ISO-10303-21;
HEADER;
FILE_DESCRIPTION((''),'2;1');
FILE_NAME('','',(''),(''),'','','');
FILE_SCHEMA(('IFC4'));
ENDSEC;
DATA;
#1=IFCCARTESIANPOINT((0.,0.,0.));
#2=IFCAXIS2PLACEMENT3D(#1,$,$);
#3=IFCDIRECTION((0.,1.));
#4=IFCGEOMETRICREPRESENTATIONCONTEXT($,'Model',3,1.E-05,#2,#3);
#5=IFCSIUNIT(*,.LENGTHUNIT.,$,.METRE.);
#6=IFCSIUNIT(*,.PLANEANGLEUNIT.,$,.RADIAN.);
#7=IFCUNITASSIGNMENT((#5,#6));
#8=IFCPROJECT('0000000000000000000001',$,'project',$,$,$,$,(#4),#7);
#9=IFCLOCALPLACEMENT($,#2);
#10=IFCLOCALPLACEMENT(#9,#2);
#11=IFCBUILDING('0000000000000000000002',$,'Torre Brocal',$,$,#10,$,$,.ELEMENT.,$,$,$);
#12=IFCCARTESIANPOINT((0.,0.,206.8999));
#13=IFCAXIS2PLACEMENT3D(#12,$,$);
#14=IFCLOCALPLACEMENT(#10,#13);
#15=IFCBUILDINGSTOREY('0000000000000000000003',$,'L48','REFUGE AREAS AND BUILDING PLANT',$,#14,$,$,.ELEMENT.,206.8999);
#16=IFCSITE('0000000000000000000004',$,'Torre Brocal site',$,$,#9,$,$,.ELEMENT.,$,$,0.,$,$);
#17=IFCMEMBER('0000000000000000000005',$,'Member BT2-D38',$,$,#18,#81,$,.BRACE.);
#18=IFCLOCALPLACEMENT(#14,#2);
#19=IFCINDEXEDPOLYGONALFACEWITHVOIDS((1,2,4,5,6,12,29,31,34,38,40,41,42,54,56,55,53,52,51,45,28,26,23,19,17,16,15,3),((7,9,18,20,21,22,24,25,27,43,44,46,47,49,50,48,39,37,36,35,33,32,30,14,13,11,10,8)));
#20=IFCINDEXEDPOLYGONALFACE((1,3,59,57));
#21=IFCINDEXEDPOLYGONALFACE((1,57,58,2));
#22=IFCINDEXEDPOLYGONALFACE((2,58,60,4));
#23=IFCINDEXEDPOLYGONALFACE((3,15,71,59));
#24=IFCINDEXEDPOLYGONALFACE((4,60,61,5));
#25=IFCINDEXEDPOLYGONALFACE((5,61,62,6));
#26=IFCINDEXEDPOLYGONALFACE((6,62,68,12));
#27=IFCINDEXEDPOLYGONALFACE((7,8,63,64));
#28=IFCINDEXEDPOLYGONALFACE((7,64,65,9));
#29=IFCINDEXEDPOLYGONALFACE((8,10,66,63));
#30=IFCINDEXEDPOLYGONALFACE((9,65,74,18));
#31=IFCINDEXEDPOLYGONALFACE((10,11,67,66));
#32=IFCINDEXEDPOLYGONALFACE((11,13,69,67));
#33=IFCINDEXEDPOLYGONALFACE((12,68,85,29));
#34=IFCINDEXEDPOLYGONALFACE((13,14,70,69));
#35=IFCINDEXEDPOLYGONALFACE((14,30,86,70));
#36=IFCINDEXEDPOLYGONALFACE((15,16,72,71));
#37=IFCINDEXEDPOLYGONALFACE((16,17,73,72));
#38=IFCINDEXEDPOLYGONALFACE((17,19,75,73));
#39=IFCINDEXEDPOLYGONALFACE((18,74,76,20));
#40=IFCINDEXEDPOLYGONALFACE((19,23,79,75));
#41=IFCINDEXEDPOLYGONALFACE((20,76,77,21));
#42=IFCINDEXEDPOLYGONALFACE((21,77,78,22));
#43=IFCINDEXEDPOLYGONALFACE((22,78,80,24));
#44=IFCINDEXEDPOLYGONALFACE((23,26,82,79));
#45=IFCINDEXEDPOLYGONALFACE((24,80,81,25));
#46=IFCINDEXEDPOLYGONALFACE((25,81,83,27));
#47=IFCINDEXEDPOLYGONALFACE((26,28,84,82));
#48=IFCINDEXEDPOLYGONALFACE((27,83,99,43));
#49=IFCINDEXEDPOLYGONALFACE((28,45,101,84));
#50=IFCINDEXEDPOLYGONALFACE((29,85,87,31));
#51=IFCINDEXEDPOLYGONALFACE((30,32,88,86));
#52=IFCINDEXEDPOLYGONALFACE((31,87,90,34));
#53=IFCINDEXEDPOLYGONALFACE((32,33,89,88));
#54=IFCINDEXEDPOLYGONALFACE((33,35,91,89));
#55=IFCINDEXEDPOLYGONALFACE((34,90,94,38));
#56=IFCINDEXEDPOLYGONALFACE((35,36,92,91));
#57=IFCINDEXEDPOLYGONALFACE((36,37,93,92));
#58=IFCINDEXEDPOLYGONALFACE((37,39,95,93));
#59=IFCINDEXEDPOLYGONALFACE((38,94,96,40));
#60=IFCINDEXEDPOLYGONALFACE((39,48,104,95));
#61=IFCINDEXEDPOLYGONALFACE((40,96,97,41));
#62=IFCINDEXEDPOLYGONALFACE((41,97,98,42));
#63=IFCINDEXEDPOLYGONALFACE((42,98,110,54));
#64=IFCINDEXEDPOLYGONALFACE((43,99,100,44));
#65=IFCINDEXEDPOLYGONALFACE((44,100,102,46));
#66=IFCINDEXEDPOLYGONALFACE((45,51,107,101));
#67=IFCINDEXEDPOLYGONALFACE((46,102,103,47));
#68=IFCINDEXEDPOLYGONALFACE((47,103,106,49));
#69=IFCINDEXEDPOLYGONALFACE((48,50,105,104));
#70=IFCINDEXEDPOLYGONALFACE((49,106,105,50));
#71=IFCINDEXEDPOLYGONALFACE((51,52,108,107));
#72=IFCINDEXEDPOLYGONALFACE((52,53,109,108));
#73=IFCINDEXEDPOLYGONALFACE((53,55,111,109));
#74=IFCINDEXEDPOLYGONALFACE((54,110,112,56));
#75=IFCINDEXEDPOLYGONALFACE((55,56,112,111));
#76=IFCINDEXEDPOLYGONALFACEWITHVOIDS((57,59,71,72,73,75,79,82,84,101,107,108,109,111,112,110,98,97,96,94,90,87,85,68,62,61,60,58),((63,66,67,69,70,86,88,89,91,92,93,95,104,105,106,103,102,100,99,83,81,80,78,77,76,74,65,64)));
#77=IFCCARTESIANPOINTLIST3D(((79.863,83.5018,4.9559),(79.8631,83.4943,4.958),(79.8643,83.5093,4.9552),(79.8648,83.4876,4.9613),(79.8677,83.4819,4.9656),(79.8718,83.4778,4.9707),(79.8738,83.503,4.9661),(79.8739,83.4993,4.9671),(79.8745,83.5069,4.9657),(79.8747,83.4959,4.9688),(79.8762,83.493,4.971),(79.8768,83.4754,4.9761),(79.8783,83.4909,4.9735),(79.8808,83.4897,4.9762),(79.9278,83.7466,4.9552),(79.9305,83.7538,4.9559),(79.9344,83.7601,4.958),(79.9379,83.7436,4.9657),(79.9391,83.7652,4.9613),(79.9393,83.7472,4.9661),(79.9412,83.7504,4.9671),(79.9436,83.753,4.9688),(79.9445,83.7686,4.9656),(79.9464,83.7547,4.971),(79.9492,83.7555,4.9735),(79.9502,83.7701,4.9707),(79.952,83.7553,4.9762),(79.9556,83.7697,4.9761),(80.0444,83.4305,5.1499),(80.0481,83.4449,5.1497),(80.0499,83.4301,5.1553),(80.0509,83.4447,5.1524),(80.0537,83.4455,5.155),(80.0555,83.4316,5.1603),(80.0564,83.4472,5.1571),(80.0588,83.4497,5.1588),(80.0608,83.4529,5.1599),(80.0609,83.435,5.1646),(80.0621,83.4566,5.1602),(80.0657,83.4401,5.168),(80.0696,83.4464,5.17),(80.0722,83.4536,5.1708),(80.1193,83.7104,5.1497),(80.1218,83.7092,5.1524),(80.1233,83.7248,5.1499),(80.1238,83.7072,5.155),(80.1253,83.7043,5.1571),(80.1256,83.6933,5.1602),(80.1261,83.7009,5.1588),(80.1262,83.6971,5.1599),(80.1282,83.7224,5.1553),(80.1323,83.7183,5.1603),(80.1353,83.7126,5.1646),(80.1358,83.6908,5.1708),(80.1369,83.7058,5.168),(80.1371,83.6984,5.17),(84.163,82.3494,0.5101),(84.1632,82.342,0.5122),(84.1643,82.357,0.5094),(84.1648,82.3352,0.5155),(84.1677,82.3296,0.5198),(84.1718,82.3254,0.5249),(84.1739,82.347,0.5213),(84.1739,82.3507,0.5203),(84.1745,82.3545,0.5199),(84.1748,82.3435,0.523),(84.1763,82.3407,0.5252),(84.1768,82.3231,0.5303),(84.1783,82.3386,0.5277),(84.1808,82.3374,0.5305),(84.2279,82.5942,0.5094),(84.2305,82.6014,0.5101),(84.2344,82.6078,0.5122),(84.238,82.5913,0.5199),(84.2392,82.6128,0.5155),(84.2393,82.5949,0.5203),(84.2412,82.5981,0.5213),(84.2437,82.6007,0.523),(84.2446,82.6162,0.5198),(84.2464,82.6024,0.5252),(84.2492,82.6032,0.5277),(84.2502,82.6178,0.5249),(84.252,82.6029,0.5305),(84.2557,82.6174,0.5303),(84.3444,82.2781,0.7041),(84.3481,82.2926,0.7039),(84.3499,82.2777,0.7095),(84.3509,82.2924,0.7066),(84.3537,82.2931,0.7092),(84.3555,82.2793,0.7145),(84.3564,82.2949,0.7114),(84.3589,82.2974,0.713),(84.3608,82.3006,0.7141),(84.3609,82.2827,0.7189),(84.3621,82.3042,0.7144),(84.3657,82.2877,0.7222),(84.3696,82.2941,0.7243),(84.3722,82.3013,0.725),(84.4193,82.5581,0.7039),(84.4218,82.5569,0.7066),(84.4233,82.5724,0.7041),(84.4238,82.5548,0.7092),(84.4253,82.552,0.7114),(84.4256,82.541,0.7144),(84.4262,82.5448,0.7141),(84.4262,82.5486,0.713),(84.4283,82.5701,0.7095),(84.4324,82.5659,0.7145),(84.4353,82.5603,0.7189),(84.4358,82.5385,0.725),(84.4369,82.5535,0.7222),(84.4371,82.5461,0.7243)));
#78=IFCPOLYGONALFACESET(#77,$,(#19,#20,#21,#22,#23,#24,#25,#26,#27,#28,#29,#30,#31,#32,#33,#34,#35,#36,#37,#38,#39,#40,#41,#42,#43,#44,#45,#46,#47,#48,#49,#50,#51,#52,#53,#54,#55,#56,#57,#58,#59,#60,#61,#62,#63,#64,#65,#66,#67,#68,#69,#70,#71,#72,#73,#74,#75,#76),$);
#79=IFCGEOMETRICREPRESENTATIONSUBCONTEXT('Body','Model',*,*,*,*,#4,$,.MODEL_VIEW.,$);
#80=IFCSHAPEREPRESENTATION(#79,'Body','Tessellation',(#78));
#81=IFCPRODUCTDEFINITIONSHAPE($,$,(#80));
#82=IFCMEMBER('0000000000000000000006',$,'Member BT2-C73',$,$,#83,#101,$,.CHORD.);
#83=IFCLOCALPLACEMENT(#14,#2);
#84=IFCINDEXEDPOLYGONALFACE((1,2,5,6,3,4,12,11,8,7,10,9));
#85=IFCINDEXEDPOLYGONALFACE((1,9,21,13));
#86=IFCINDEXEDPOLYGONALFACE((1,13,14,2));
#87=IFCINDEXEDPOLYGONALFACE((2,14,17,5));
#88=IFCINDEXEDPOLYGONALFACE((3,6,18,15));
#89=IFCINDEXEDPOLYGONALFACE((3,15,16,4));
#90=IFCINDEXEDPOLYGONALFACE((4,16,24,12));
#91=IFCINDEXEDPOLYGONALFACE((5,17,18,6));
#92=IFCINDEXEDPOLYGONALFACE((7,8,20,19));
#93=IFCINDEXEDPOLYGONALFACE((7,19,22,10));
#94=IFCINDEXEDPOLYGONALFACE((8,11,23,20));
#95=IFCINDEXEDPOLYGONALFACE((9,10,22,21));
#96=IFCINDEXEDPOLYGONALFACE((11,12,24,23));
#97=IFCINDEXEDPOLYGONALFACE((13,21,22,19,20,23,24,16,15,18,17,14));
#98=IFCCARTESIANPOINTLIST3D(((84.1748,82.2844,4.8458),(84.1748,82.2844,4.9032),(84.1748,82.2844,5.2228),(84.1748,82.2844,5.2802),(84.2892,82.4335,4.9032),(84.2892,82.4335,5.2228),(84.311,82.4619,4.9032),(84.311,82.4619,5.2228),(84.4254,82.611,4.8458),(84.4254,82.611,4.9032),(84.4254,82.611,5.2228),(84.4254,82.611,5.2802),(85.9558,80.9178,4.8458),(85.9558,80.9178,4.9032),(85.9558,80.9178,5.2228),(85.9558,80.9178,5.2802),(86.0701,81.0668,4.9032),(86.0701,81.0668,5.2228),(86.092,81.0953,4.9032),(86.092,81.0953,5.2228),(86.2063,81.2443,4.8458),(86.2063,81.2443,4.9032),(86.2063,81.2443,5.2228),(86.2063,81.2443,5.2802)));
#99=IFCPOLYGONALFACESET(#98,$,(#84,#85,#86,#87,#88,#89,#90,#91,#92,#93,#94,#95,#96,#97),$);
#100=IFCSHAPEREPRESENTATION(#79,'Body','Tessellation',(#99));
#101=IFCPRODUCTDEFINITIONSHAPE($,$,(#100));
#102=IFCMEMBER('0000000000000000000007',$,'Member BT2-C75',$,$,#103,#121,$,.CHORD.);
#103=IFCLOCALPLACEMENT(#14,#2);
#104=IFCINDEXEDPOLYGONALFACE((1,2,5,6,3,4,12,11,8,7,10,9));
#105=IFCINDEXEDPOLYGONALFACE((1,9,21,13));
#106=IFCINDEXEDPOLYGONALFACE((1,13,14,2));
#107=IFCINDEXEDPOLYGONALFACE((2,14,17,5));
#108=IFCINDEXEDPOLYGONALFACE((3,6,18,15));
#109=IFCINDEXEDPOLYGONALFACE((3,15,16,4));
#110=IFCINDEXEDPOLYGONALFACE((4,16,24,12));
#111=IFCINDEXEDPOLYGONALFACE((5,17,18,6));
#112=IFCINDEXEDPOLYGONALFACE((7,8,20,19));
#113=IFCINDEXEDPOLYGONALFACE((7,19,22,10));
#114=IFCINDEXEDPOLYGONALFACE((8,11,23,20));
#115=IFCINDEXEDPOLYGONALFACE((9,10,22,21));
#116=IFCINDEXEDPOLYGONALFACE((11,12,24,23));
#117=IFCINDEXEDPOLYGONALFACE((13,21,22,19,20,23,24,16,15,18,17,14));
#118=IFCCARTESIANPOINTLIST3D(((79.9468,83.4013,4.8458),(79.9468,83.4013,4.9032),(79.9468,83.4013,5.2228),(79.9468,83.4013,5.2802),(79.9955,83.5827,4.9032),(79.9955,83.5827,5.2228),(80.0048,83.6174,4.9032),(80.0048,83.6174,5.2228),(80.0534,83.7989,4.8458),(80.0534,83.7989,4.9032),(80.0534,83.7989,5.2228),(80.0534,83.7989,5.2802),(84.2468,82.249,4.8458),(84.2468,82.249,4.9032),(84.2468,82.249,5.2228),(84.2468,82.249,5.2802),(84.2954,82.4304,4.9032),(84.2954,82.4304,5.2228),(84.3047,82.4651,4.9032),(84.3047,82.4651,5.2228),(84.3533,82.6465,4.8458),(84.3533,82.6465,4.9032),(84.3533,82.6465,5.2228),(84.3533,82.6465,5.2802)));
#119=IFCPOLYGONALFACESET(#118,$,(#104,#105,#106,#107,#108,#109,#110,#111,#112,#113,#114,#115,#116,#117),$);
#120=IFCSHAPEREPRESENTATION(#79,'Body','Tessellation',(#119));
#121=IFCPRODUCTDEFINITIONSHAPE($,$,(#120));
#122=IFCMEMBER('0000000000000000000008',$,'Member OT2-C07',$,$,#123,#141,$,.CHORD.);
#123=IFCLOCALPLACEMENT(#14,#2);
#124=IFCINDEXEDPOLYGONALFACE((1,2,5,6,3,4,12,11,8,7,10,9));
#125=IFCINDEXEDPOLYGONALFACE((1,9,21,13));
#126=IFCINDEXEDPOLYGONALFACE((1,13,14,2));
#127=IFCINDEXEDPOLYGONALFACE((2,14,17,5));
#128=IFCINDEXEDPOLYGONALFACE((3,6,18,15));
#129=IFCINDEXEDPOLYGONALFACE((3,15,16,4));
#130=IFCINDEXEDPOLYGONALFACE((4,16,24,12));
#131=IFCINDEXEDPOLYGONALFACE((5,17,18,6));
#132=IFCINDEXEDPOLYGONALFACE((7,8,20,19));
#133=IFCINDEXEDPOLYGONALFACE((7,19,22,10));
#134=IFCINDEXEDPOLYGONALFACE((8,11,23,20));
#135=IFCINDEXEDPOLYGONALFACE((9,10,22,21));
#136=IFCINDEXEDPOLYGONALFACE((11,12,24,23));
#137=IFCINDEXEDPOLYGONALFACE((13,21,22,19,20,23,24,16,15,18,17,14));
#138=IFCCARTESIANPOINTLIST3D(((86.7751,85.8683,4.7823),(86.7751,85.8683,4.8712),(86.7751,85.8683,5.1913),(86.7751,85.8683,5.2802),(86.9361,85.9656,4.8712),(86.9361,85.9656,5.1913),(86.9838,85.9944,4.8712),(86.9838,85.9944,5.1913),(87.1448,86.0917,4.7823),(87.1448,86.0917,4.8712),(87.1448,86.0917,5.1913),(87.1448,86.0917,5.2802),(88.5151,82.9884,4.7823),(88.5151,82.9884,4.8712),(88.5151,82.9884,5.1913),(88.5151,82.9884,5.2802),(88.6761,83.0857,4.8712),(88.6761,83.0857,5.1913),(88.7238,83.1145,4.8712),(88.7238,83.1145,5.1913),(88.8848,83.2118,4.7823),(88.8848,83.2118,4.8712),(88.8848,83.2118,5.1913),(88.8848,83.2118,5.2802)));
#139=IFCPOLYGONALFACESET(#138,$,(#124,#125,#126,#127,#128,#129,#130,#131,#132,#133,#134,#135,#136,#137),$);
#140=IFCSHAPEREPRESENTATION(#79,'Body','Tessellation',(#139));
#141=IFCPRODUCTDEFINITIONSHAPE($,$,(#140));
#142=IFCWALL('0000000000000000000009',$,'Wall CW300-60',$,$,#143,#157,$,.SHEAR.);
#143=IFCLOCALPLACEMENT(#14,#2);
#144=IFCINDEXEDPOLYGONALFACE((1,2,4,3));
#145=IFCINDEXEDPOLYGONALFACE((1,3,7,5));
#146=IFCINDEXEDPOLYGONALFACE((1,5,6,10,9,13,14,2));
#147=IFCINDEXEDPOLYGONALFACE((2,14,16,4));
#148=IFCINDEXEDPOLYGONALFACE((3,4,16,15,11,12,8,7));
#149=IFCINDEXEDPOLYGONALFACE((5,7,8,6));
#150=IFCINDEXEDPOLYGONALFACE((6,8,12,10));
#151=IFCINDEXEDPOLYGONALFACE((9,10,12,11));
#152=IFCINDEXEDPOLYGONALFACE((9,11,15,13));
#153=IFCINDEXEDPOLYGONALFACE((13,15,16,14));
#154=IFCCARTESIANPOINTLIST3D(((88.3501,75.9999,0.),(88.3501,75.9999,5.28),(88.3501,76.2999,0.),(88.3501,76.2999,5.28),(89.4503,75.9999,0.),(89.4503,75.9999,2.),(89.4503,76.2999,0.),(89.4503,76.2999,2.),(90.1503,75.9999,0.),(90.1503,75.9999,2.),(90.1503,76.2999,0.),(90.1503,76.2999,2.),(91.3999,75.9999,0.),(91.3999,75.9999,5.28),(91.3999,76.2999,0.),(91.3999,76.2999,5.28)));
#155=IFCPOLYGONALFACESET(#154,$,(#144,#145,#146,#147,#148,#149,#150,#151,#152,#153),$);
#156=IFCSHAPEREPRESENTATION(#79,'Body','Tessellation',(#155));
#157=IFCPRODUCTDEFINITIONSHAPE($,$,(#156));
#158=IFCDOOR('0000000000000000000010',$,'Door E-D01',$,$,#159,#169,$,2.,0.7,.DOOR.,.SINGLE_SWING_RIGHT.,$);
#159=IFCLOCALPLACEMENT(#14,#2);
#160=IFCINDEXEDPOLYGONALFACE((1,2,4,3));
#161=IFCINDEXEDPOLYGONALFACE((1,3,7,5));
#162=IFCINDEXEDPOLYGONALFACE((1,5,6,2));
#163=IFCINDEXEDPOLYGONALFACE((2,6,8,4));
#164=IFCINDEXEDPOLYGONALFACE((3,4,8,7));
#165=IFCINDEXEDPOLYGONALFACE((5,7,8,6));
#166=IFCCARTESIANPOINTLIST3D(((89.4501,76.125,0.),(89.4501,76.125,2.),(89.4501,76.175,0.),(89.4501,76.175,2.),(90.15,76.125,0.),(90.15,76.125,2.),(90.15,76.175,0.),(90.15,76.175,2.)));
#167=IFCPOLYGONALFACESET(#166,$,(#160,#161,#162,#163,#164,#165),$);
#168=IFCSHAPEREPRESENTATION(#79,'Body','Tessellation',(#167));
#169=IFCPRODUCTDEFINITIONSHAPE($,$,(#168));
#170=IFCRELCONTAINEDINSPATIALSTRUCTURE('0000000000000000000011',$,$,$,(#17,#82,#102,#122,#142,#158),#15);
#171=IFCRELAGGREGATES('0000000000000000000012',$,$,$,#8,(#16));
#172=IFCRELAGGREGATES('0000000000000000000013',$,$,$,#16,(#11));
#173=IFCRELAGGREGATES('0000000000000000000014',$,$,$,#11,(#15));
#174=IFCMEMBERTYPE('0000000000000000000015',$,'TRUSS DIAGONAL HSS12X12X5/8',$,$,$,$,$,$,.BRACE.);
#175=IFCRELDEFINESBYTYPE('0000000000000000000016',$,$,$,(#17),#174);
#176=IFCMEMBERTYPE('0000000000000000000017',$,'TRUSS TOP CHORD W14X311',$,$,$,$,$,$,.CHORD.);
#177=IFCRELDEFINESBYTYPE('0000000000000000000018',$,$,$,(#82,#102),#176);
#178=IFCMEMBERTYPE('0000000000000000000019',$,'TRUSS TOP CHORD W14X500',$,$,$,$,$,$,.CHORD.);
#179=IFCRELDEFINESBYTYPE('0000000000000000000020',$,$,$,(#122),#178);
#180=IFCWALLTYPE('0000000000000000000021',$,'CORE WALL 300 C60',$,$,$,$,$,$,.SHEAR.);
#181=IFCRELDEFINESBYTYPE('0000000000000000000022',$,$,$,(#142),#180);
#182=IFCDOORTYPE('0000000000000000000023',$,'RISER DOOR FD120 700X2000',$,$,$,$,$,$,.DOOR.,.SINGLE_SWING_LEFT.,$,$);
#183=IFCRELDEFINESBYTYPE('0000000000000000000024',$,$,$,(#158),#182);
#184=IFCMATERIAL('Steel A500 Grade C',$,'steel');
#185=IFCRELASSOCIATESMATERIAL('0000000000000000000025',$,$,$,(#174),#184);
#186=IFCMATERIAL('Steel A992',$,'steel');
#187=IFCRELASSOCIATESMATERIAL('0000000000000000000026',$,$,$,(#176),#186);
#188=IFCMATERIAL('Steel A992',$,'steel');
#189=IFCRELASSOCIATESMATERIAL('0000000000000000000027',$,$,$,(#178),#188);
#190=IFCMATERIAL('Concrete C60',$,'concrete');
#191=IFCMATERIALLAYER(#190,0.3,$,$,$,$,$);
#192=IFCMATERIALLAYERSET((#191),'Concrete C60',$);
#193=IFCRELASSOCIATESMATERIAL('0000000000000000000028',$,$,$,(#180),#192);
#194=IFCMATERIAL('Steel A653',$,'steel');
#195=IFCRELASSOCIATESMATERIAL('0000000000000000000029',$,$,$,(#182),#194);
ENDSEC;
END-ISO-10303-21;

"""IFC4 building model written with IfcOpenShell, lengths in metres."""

from ifc_helpers import new_model, si_unit, direction, frame, frame_2d, origin, origin_2d, place, context, subcontext, project, spatial, rectangle, hollow_rectangle, i_section, extrude, material, layer, layer_set, material_profile, profile_set, type_object, element, fill, save


model = new_model("IFC4")

# Units and contexts
model_context = context("Model", 3, precision=1e-05, world=origin(), true_north=direction((0.0, 1.0)))
body_context = subcontext(model_context, "Body", "Model", "MODEL_VIEW")
ifc_project = project(units=[si_unit("LENGTHUNIT", "METRE"), si_unit("PLANEANGLEUNIT", "RADIAN")], contexts=[model_context])

# Site, building, storey
site_placement = place(None, origin())
site = spatial("IfcSite", under=ifc_project, at=site_placement, Name="Torre Brocal site", CompositionType="ELEMENT", RefElevation=0.0)
building_placement = place(site_placement, origin())
building = spatial("IfcBuilding", under=site, at=building_placement, Name="Torre Brocal", CompositionType="ELEMENT")
storey_placement = place(building_placement, frame((0.0, 0.0, 206.8999)))
storey = spatial("IfcBuildingStorey", under=building, at=storey_placement, Name="L48", Description="REFUGE AREAS AND BUILDING PLANT", CompositionType="ELEMENT", Elevation=206.8999)

# Members
ifc_material_1 = material(Name="Steel A500 Grade C", Category="steel")
ifc_material_profile_1 = material_profile(ifc_material_1, hollow_rectangle(XDim=0.3047, YDim=0.3047, WallThickness=0.0149, InnerFilletRadius=0.0149, OuterFilletRadius=0.0295, at=origin_2d()), Name="HSS12X12X5/8")
ifc_profile_set_1 = profile_set([ifc_material_profile_1], Name="Steel A500 Grade C")
member_type_1 = type_object("IfcMemberType", Name="TRUSS DIAGONAL HSS12X12X5/8", PredefinedType="BRACE", material=ifc_profile_set_1)
member_1_placement = place(storey_placement, frame((84.3, 82.4478, 0.6172), z_axis=(-0.683465, 0.183158, 0.706632), x_axis=(-0.25885, -0.965917, 0.0)))
element("IfcMember", 1, at=member_1_placement, inside=storey, type_object=member_type_1, Name="Member BT2-D38", PredefinedType="BRACE", context=body_context, shape_type="SweptSolid", body=[
    extrude(hollow_rectangle(XDim=0.3047, YDim=0.3047, WallThickness=0.0149, InnerFilletRadius=0.0149, OuterFilletRadius=0.0295, at=origin_2d()), origin(), (0.0, 0.0, 1.0), 6.2915),
])
ifc_material_2 = material(Name="Steel A992", Category="steel")
ifc_material_profile_2 = material_profile(ifc_material_2, i_section(OverallWidth=0.4116, OverallDepth=0.4343, WebThickness=0.0359, FlangeThickness=0.0574, at=origin_2d()), Name="W14X311")
ifc_profile_set_2 = profile_set([ifc_material_profile_2], Name="Steel A992")
member_type_2 = type_object("IfcMemberType", Name="TRUSS TOP CHORD W14X311", PredefinedType="CHORD", material=ifc_profile_set_2)
member_2_placement = place(storey_placement, frame((86.0811, 81.0811, 5.063), z_axis=(-0.793335, 0.608785, 0.0), x_axis=(-0.608785, -0.793335, 0.0)))
element("IfcMember", 2, at=member_2_placement, inside=storey, type_object=member_type_2, Name="Member BT2-C73", PredefinedType="CHORD", context=body_context, shape_type="SweptSolid", body=[
    extrude(i_section(OverallWidth=0.4116, OverallDepth=0.4343, WebThickness=0.0359, FlangeThickness=0.0574, at=origin_2d()), origin(), (0.0, 0.0, 1.0), 2.2449),
])
member_3_placement = place(storey_placement, frame((84.3, 82.4478, 5.063), z_axis=(-0.965917, 0.25885, 0.0), x_axis=(-0.25885, -0.965917, 0.0)))
element("IfcMember", 3, at=member_3_placement, inside=storey, type_object=member_type_2, Name="Member BT2-C75", PredefinedType="CHORD", context=body_context, shape_type="SweptSolid", body=[
    extrude(i_section(OverallWidth=0.4116, OverallDepth=0.4343, WebThickness=0.0359, FlangeThickness=0.0574, at=origin_2d()), origin(), (0.0, 0.0, 1.0), 4.4517),
])
ifc_material_3 = material(Name="Steel A992", Category="steel")
ifc_material_profile_3 = material_profile(ifc_material_3, i_section(OverallWidth=0.4319, OverallDepth=0.4978, WebThickness=0.0557, FlangeThickness=0.0889, at=origin_2d()), Name="W14X500")
ifc_profile_set_3 = profile_set([ifc_material_profile_3], Name="Steel A992")
member_type_3 = type_object("IfcMemberType", Name="TRUSS TOP CHORD W14X500", PredefinedType="CHORD", material=ifc_profile_set_3)
member_4_placement = place(storey_placement, frame((88.7, 83.1001, 5.0312), z_axis=(-0.517129, 0.855908, 0.0), x_axis=(-0.855908, -0.517129, 0.0)))
element("IfcMember", 4, at=member_4_placement, inside=storey, type_object=member_type_3, Name="Member OT2-C07", PredefinedType="CHORD", context=body_context, shape_type="SweptSolid", body=[
    extrude(i_section(OverallWidth=0.4319, OverallDepth=0.4978, WebThickness=0.0557, FlangeThickness=0.0889, at=origin_2d()), origin(), (0.0, 0.0, 1.0), 3.3647),
])

# Wall, opening, door
ifc_material_4 = material(Name="Concrete C60", Category="concrete")
ifc_layer_1 = layer(ifc_material_4, 0.3)
ifc_layer_set_1 = layer_set([ifc_layer_1], Name="Concrete C60")
wall_type_1 = type_object("IfcWallType", Name="CORE WALL 300 C60", PredefinedType="SHEAR", material=ifc_layer_set_1)
wall_1_placement = place(storey_placement, frame((88.3501, 76.1499, 0.0), z_axis=(0.0, 0.0, 1.0), x_axis=(1.0, 0.0, 0.0)))
wall_1 = element("IfcWall", 5, at=wall_1_placement, inside=storey, type_object=wall_type_1, Name="Wall CW300-60", PredefinedType="SHEAR", context=body_context, shape_type="SweptSolid", body=[
    extrude(rectangle(XDim=3.0498, YDim=0.3, at=frame_2d((1.5249, 0.0))), origin(), (0.0, 0.0, 1.0), 5.28),
])
opening_1_placement = place(wall_1_placement, frame((1.1001, 0.0, 0.0)))
opening_1 = element("IfcOpeningElement", 6, at=opening_1_placement, cuts=wall_1, PredefinedType="OPENING", context=body_context, shape_type="SweptSolid", body=[
    extrude(rectangle(XDim=0.7, YDim=2.0, at=frame_2d((0.3501, 1.0))), frame((0.0, 0.1599, 0.0), z_axis=(0.0, -1.0, 0.0), x_axis=(1.0, 0.0, 0.0)), (0.0, 0.0, 1.0), 0.3201),
])
ifc_material_5 = material(Name="Steel A653", Category="steel")
door_type_1 = type_object("IfcDoorType", Name="RISER DOOR FD120 700X2000", OperationType="SINGLE_SWING_LEFT", PredefinedType="DOOR", material=ifc_material_5)
door_1_placement = place(opening_1_placement, frame((0.7, 0.0, 0.0), z_axis=(0.0, 0.0, 1.0), x_axis=(-1.0, 0.0, 0.0)))
door_1 = element("IfcDoor", 7, at=door_1_placement, inside=storey, type_object=door_type_1, Name="Door E-D01", OperationType="SINGLE_SWING_RIGHT", OverallHeight=2.0, OverallWidth=0.7, PredefinedType="DOOR", context=body_context, shape_type="SweptSolid", body=[
    extrude(rectangle(XDim=0.7, YDim=2.0, at=frame_2d((0.3501, 1.0))), frame((0.0, 0.0249, 0.0), z_axis=(0.0, -1.0, 0.0), x_axis=(1.0, 0.0, 0.0)), (0.0, 0.0, 1.0), 0.05),
])
fill(opening_1, door_1)

save(model, "model.ifc")
